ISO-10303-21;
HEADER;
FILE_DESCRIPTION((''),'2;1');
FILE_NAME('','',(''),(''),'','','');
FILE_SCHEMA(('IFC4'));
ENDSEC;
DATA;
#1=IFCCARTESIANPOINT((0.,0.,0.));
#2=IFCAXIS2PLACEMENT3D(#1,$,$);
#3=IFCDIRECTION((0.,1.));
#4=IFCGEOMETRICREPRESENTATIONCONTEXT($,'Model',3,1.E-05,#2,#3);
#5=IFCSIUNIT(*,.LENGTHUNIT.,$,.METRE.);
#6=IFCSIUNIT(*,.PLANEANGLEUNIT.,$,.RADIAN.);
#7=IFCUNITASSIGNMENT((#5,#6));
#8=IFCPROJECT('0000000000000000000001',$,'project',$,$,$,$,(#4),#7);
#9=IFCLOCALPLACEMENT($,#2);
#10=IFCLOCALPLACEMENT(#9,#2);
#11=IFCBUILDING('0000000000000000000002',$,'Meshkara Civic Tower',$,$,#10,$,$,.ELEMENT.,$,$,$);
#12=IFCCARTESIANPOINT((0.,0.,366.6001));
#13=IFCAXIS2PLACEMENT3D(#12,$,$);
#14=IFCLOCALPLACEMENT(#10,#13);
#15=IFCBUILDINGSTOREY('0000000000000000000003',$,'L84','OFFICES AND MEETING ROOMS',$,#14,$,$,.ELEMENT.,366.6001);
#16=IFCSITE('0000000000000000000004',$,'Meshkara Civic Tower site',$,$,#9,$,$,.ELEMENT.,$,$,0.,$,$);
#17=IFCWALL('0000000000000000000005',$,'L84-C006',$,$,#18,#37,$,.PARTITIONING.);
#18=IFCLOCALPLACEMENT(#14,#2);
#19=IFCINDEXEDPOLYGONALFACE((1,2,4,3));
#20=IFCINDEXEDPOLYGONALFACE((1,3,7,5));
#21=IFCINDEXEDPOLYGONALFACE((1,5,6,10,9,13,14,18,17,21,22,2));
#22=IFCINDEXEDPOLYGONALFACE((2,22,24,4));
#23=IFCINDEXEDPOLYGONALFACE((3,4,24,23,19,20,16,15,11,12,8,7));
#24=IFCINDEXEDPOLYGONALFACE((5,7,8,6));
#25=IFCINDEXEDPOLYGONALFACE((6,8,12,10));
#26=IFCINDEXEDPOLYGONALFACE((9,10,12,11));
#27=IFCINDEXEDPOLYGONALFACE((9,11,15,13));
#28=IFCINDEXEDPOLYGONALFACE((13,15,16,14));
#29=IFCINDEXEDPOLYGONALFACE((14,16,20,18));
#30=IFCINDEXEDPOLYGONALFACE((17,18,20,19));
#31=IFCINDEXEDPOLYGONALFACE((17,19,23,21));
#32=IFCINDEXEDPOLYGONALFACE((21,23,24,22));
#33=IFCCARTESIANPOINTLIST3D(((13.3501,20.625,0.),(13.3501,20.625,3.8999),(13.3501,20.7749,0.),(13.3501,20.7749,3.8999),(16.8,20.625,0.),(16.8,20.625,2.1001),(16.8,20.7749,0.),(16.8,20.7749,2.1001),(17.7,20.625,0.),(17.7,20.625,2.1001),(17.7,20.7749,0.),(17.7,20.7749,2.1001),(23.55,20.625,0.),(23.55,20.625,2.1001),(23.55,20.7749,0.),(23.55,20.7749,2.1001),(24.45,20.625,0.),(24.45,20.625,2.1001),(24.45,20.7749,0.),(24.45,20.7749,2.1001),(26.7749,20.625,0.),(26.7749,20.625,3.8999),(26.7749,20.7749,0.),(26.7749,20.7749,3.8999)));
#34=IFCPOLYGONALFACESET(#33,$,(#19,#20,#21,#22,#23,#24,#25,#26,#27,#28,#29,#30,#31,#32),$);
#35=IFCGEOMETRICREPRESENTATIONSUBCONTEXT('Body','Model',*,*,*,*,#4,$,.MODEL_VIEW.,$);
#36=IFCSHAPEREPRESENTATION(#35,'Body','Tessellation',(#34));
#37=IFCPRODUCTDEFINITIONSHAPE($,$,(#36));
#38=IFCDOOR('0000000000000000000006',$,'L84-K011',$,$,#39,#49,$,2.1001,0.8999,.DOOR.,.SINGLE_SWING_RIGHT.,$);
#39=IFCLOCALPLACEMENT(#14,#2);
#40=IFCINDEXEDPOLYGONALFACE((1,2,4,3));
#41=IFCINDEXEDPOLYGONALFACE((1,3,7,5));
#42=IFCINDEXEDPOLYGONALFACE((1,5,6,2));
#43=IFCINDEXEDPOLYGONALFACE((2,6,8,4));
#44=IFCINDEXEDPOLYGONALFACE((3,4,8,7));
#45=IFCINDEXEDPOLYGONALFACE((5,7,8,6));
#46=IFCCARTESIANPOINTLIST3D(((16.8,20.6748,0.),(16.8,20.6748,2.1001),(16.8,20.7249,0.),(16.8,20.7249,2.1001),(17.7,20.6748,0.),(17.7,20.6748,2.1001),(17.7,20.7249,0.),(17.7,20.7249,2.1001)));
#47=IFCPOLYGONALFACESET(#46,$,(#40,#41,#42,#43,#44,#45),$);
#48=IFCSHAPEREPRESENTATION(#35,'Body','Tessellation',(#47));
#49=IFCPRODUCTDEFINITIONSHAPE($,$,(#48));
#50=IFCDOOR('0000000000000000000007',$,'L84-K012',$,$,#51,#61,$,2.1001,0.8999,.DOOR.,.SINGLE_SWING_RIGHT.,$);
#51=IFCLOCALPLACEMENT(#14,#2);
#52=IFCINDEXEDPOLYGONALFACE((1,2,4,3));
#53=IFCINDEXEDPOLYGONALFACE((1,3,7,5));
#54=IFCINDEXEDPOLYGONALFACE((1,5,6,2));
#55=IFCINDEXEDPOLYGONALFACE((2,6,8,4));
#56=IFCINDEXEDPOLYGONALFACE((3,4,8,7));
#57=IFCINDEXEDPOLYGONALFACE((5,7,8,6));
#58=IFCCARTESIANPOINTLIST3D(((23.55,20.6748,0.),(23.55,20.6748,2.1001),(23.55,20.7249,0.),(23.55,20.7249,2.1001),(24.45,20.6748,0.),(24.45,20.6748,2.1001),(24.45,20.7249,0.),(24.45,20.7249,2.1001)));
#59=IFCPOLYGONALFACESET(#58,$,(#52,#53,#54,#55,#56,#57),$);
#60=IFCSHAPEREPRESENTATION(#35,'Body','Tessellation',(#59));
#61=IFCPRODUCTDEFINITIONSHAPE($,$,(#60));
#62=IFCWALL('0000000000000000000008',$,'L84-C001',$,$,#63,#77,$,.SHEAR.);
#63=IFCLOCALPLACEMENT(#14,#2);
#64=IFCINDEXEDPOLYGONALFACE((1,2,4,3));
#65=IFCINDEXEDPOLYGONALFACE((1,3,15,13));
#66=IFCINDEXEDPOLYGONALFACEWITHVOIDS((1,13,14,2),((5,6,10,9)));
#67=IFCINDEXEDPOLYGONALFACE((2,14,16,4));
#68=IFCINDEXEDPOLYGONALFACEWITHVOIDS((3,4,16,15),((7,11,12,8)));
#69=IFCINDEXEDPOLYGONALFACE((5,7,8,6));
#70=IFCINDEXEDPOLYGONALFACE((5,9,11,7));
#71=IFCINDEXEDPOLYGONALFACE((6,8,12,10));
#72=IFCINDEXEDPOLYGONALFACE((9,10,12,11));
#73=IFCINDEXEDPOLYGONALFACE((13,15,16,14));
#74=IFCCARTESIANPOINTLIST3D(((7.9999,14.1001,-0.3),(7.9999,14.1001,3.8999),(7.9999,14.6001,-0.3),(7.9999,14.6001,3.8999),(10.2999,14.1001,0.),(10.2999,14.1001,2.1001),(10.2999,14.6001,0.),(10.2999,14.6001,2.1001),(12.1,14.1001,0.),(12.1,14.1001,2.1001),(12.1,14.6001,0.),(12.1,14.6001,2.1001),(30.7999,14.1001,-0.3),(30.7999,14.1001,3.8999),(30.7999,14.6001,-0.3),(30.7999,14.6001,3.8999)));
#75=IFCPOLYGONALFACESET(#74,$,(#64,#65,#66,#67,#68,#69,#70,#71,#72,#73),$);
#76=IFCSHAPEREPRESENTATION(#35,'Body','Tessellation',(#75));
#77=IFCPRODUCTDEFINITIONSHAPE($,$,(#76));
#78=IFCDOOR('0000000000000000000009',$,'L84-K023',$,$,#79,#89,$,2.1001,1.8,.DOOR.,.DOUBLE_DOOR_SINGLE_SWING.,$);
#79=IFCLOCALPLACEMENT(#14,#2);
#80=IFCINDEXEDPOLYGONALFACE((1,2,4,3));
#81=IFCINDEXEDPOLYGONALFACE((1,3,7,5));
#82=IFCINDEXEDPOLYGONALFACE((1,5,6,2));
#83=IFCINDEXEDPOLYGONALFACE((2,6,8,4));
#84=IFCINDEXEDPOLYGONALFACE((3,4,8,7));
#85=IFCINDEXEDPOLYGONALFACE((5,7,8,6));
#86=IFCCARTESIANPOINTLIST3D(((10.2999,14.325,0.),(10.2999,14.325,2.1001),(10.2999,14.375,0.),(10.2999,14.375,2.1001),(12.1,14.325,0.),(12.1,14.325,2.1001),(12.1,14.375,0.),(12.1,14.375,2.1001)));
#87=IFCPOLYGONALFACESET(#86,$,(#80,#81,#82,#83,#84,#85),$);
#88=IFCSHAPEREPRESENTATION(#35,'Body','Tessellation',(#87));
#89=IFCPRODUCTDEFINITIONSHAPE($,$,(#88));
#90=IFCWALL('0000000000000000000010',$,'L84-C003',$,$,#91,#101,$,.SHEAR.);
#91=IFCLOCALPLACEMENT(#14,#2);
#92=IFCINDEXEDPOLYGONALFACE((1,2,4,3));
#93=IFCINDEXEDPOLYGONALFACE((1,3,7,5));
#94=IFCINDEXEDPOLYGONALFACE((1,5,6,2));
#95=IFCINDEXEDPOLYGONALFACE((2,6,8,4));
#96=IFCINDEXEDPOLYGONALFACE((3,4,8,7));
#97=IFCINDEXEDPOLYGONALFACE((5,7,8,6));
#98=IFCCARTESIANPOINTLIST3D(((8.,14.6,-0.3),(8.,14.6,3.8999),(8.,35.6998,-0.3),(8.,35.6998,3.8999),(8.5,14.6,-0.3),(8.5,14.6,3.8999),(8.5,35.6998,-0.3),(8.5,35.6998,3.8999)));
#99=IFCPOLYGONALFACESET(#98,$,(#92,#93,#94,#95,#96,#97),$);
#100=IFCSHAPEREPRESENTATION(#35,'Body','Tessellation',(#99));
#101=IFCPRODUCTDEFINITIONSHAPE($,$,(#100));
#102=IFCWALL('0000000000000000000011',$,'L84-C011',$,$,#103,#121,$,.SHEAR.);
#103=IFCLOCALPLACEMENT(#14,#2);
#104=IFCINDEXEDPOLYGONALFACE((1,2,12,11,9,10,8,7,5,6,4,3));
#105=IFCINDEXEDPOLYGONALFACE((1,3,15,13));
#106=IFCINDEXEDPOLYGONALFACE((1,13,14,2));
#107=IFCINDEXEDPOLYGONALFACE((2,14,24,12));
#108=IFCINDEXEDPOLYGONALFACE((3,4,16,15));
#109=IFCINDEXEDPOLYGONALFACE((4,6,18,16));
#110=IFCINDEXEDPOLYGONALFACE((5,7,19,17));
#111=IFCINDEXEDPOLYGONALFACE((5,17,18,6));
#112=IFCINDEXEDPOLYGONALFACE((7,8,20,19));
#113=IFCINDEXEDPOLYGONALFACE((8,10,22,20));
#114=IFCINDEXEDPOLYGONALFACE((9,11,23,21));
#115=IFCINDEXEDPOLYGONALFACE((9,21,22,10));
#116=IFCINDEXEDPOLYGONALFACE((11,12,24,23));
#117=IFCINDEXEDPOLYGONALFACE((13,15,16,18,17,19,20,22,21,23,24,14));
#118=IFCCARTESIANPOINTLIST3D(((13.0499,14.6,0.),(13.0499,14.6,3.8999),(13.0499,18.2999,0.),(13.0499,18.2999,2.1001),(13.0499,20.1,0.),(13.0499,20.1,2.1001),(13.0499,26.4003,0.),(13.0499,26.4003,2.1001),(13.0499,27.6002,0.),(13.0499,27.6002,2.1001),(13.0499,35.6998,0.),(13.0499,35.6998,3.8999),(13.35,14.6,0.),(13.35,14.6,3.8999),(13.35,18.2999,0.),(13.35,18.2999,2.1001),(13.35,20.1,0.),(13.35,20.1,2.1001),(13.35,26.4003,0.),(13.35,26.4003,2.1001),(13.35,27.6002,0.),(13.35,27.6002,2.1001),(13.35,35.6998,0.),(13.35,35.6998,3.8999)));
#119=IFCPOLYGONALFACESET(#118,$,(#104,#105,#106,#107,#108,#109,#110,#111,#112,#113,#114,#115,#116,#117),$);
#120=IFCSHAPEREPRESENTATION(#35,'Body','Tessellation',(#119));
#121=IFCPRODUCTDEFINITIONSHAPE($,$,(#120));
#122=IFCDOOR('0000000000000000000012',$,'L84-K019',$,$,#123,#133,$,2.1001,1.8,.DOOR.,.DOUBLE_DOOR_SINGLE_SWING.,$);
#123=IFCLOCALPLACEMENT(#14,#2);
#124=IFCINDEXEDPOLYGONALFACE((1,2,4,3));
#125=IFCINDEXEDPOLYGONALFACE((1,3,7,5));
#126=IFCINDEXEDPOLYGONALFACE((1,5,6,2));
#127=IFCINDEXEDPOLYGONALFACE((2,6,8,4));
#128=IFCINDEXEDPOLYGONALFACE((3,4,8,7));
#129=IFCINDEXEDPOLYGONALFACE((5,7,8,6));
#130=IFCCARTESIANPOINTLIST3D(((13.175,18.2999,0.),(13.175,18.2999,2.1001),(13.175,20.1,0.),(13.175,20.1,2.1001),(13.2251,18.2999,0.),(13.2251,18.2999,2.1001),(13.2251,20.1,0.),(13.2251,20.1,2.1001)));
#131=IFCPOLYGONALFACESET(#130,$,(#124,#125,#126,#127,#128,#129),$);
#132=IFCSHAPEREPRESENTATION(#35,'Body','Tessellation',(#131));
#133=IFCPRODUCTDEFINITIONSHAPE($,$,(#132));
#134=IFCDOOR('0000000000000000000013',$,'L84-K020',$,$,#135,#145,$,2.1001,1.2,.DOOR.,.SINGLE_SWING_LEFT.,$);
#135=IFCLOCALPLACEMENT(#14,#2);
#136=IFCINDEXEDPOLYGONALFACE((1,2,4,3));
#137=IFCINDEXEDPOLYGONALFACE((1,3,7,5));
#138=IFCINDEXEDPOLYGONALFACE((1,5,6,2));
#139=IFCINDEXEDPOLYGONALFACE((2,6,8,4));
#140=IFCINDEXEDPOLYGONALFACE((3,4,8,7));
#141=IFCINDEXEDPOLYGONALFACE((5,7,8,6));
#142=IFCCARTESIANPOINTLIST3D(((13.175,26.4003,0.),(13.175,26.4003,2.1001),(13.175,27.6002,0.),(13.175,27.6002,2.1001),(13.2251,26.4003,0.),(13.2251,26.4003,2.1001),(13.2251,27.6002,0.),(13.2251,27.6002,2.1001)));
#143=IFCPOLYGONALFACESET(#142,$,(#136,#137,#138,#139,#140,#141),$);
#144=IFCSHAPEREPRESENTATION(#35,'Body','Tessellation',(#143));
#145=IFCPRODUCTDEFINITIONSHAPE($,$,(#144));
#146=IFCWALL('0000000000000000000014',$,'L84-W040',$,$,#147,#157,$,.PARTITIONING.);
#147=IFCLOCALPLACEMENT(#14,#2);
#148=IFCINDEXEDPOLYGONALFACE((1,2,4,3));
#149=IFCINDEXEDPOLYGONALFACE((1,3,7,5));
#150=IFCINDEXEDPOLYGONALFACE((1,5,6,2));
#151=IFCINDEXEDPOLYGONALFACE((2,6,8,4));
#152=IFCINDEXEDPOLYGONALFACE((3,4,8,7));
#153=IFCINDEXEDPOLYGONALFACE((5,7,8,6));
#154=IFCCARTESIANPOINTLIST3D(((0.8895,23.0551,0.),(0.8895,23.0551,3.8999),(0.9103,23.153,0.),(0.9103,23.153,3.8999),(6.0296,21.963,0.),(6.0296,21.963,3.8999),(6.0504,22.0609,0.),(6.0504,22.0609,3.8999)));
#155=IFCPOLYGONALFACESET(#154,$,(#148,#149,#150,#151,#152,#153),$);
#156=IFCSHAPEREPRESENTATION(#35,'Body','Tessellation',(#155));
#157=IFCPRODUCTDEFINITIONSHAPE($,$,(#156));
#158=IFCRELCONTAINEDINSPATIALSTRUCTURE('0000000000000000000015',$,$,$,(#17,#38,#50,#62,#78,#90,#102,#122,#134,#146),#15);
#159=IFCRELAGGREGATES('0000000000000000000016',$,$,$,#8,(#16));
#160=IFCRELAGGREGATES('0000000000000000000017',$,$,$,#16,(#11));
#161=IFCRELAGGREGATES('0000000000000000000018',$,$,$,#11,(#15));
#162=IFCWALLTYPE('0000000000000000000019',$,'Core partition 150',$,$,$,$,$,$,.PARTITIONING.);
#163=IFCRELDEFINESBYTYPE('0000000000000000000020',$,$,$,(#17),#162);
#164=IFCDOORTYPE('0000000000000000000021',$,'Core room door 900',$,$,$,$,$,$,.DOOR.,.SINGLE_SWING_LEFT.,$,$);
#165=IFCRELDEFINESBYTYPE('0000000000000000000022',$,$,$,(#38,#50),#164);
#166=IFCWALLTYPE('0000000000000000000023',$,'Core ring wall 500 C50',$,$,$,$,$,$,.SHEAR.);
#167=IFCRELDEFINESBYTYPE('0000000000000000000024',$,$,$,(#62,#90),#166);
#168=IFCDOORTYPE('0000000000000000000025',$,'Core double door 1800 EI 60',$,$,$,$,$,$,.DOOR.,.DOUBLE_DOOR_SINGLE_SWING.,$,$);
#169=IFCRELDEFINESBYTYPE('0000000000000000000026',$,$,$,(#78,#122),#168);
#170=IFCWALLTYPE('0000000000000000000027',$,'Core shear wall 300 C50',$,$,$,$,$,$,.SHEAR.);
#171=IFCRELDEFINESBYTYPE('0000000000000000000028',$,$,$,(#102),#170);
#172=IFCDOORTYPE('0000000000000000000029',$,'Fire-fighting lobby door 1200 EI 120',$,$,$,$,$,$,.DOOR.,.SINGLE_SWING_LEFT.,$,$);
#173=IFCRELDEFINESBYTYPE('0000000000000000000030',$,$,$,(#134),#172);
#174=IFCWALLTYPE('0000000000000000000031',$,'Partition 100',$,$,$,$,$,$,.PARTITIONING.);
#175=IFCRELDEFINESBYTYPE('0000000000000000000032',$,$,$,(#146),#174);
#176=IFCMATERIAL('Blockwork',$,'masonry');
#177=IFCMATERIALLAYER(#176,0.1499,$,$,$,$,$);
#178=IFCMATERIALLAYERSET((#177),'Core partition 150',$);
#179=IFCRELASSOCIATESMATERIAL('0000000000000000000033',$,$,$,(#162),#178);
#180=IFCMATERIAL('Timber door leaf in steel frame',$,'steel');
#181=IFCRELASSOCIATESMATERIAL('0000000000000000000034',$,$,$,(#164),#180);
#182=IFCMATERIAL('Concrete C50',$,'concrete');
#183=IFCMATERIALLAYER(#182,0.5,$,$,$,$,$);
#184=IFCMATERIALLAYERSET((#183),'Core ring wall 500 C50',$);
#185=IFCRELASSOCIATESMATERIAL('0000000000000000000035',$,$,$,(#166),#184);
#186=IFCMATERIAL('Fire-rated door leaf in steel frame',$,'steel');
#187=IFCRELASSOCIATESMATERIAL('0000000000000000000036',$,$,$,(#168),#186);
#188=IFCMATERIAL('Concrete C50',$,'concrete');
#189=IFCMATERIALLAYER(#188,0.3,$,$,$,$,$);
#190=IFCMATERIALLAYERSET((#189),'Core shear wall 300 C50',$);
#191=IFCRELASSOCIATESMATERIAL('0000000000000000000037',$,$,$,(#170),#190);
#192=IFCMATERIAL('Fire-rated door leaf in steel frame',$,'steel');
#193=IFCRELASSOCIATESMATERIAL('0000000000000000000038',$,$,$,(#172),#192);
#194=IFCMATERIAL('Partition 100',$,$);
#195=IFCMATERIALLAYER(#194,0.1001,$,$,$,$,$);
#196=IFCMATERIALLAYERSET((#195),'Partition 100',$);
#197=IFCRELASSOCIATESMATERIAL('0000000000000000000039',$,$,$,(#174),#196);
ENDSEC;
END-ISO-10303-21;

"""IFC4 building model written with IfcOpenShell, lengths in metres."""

from ifc_helpers import new_model, si_unit, direction, frame, frame_2d, origin, place, context, subcontext, project, spatial, rectangle, extrude, material, layer, layer_set, type_object, element, fill, save


model = new_model("IFC4")

# Units and contexts
model_context = context("Model", 3, precision=1e-05, world=origin(), true_north=direction((0.0, 1.0)))
body_context = subcontext(model_context, "Body", "Model", "MODEL_VIEW")
ifc_project = project(units=[si_unit("LENGTHUNIT", "METRE"), si_unit("PLANEANGLEUNIT", "RADIAN")], contexts=[model_context])

# Site, building, storey
site_placement = place(None, origin())
site = spatial("IfcSite", under=ifc_project, at=site_placement, Name="Meshkara Civic Tower site", CompositionType="ELEMENT", RefElevation=0.0)
building_placement = place(site_placement, origin())
building = spatial("IfcBuilding", under=site, at=building_placement, Name="Meshkara Civic Tower", CompositionType="ELEMENT")
storey_placement = place(building_placement, frame((0.0, 0.0, 366.6001)))
storey = spatial("IfcBuildingStorey", under=building, at=storey_placement, Name="L84", Description="OFFICES AND MEETING ROOMS", CompositionType="ELEMENT", Elevation=366.6001)

# Wall, openings, doors
ifc_material_1 = material(Name="Blockwork", Category="masonry")
ifc_layer_1 = layer(ifc_material_1, 0.1499)
ifc_layer_set_1 = layer_set([ifc_layer_1], Name="Core partition 150")
wall_type_1 = type_object("IfcWallType", Name="Core partition 150", PredefinedType="PARTITIONING", material=ifc_layer_set_1)
wall_1_placement = place(storey_placement, frame((13.3501, 20.7, 0.0), z_axis=(0.0, 0.0, 1.0), x_axis=(1.0, 0.0, 0.0)))
wall_1 = element("IfcWall", 1, at=wall_1_placement, inside=storey, type_object=wall_type_1, Name="L84-C006", PredefinedType="PARTITIONING", context=body_context, shape_type="SweptSolid", body=[
    extrude(rectangle(XDim=13.4248, YDim=0.1499, at=frame_2d((6.7124, 0.0))), origin(), (0.0, 0.0, 1.0), 3.8999),
])
opening_1_placement = place(wall_1_placement, frame((3.45, 0.0, 0.0)))
opening_1 = element("IfcOpeningElement", 2, at=opening_1_placement, cuts=wall_1, PredefinedType="OPENING", context=body_context, shape_type="SweptSolid", body=[
    extrude(rectangle(XDim=0.8999, YDim=2.1001, at=frame_2d((0.45, 1.05))), frame((0.0, 0.085, 0.0), z_axis=(0.0, -1.0, 0.0), x_axis=(1.0, 0.0, 0.0)), (0.0, 0.0, 1.0), 0.1699),
])
opening_2_placement = place(wall_1_placement, frame((10.2, 0.0, 0.0)))
opening_2 = element("IfcOpeningElement", 3, at=opening_2_placement, cuts=wall_1, PredefinedType="OPENING", context=body_context, shape_type="SweptSolid", body=[
    extrude(rectangle(XDim=0.8999, YDim=2.1001, at=frame_2d((0.45, 1.05))), frame((0.0, 0.085, 0.0), z_axis=(0.0, -1.0, 0.0), x_axis=(1.0, 0.0, 0.0)), (0.0, 0.0, 1.0), 0.1699),
])
ifc_material_2 = material(Name="Timber door leaf in steel frame", Category="steel")
door_type_1 = type_object("IfcDoorType", Name="Core room door 900", OperationType="SINGLE_SWING_LEFT", PredefinedType="DOOR", material=ifc_material_2)
door_1_placement = place(opening_1_placement, origin())
door_1 = element("IfcDoor", 4, at=door_1_placement, inside=storey, type_object=door_type_1, Name="L84-K011", OperationType="SINGLE_SWING_RIGHT", OverallHeight=2.1001, OverallWidth=0.8999, PredefinedType="DOOR", context=body_context, shape_type="SweptSolid", body=[
    extrude(rectangle(XDim=0.8999, YDim=2.1001, at=frame_2d((0.45, 1.05))), frame((0.0, 0.0249, 0.0), z_axis=(0.0, -1.0, 0.0), x_axis=(1.0, 0.0, 0.0)), (0.0, 0.0, 1.0), 0.05),
])
fill(opening_1, door_1)
door_2_placement = place(opening_2_placement, origin())
door_2 = element("IfcDoor", 5, at=door_2_placement, inside=storey, type_object=door_type_1, Name="L84-K012", OperationType="SINGLE_SWING_RIGHT", OverallHeight=2.1001, OverallWidth=0.8999, PredefinedType="DOOR", context=body_context, shape_type="SweptSolid", body=[
    extrude(rectangle(XDim=0.8999, YDim=2.1001, at=frame_2d((0.45, 1.05))), frame((0.0, 0.0249, 0.0), z_axis=(0.0, -1.0, 0.0), x_axis=(1.0, 0.0, 0.0)), (0.0, 0.0, 1.0), 0.05),
])
fill(opening_2, door_2)

# Wall, opening, door
ifc_material_3 = material(Name="Concrete C50", Category="concrete")
ifc_layer_2 = layer(ifc_material_3, 0.5)
ifc_layer_set_2 = layer_set([ifc_layer_2], Name="Core ring wall 500 C50")
wall_type_2 = type_object("IfcWallType", Name="Core ring wall 500 C50", PredefinedType="SHEAR", material=ifc_layer_set_2)
wall_2_placement = place(storey_placement, frame((8.0, 14.3501, -0.3), z_axis=(0.0, 0.0, 1.0), x_axis=(1.0, 0.0, 0.0)))
wall_2 = element("IfcWall", 6, at=wall_2_placement, inside=storey, type_object=wall_type_2, Name="L84-C001", PredefinedType="SHEAR", context=body_context, shape_type="SweptSolid", body=[
    extrude(rectangle(XDim=22.8, YDim=0.5, at=frame_2d((11.3999, 0.0))), origin(), (0.0, 0.0, 1.0), 4.2),
])
opening_3_placement = place(wall_2_placement, frame((2.3, 0.0, 0.3)))
opening_3 = element("IfcOpeningElement", 7, at=opening_3_placement, cuts=wall_2, PredefinedType="OPENING", context=body_context, shape_type="SweptSolid", body=[
    extrude(rectangle(XDim=1.8, YDim=2.1001, at=frame_2d((0.8999, 1.05))), frame((0.0, 0.26, 0.0), z_axis=(0.0, -1.0, 0.0), x_axis=(1.0, 0.0, 0.0)), (0.0, 0.0, 1.0), 0.52),
])
ifc_material_4 = material(Name="Fire-rated door leaf in steel frame", Category="steel")
door_type_2 = type_object("IfcDoorType", Name="Core double door 1800 EI 60", OperationType="DOUBLE_DOOR_SINGLE_SWING", PredefinedType="DOOR", material=ifc_material_4)
door_3_placement = place(opening_3_placement, origin())
door_3 = element("IfcDoor", 8, at=door_3_placement, inside=storey, type_object=door_type_2, Name="L84-K023", OperationType="DOUBLE_DOOR_SINGLE_SWING", OverallHeight=2.1001, OverallWidth=1.8, PredefinedType="DOOR", context=body_context, shape_type="SweptSolid", body=[
    extrude(rectangle(XDim=1.8, YDim=2.1001, at=frame_2d((0.8999, 1.05))), frame((0.0, 0.0249, 0.0), z_axis=(0.0, -1.0, 0.0), x_axis=(1.0, 0.0, 0.0)), (0.0, 0.0, 1.0), 0.05),
])
fill(opening_3, door_3)

# Wall
wall_3_placement = place(storey_placement, frame((8.25, 14.6001, -0.3), z_axis=(0.0, 0.0, 1.0), x_axis=(0.0, 1.0, 0.0)))
element("IfcWall", 9, at=wall_3_placement, inside=storey, type_object=wall_type_2, Name="L84-C003", PredefinedType="SHEAR", context=body_context, shape_type="SweptSolid", body=[
    extrude(rectangle(XDim=21.0999, YDim=0.5, at=frame_2d((10.5498, 0.0))), origin(), (0.0, 0.0, 1.0), 4.2),
])

# Wall, openings, doors
ifc_material_5 = material(Name="Concrete C50", Category="concrete")
ifc_layer_3 = layer(ifc_material_5, 0.3)
ifc_layer_set_3 = layer_set([ifc_layer_3], Name="Core shear wall 300 C50")
wall_type_3 = type_object("IfcWallType", Name="Core shear wall 300 C50", PredefinedType="SHEAR", material=ifc_layer_set_3)
wall_4_placement = place(storey_placement, frame((13.2, 14.6001, 0.0), z_axis=(0.0, 0.0, 1.0), x_axis=(0.0, 1.0, 0.0)))
wall_4 = element("IfcWall", 10, at=wall_4_placement, inside=storey, type_object=wall_type_3, Name="L84-C011", PredefinedType="SHEAR", context=body_context, shape_type="SweptSolid", body=[
    extrude(rectangle(XDim=21.0999, YDim=0.3, at=frame_2d((10.5498, 0.0))), origin(), (0.0, 0.0, 1.0), 3.8999),
])
opening_4_placement = place(wall_4_placement, frame((3.7, 0.0, 0.0)))
opening_4 = element("IfcOpeningElement", 11, at=opening_4_placement, cuts=wall_4, PredefinedType="OPENING", context=body_context, shape_type="SweptSolid", body=[
    extrude(rectangle(XDim=1.8, YDim=2.1001, at=frame_2d((0.8999, 1.05))), frame((0.0, 0.1599, 0.0), z_axis=(0.0, -1.0, 0.0), x_axis=(1.0, 0.0, 0.0)), (0.0, 0.0, 1.0), 0.3201),
])
opening_5_placement = place(wall_4_placement, frame((11.8, 0.0, 0.0)))
opening_5 = element("IfcOpeningElement", 12, at=opening_5_placement, cuts=wall_4, PredefinedType="OPENING", context=body_context, shape_type="SweptSolid", body=[
    extrude(rectangle(XDim=1.2, YDim=2.1001, at=frame_2d((0.6001, 1.05))), frame((0.0, 0.1599, 0.0), z_axis=(0.0, -1.0, 0.0), x_axis=(1.0, 0.0, 0.0)), (0.0, 0.0, 1.0), 0.3201),
])
door_4_placement = place(opening_4_placement, origin())
door_4 = element("IfcDoor", 13, at=door_4_placement, inside=storey, type_object=door_type_2, Name="L84-K019", OperationType="DOUBLE_DOOR_SINGLE_SWING", OverallHeight=2.1001, OverallWidth=1.8, PredefinedType="DOOR", context=body_context, shape_type="SweptSolid", body=[
    extrude(rectangle(XDim=1.8, YDim=2.1001, at=frame_2d((0.8999, 1.05))), frame((0.0, 0.0249, 0.0), z_axis=(0.0, -1.0, 0.0), x_axis=(1.0, 0.0, 0.0)), (0.0, 0.0, 1.0), 0.05),
])
fill(opening_4, door_4)
ifc_material_6 = material(Name="Fire-rated door leaf in steel frame", Category="steel")
door_type_3 = type_object("IfcDoorType", Name="Fire-fighting lobby door 1200 EI 120", OperationType="SINGLE_SWING_LEFT", PredefinedType="DOOR", material=ifc_material_6)
door_5_placement = place(opening_5_placement, origin())
door_5 = element("IfcDoor", 14, at=door_5_placement, inside=storey, type_object=door_type_3, Name="L84-K020", OperationType="SINGLE_SWING_LEFT", OverallHeight=2.1001, OverallWidth=1.2, PredefinedType="DOOR", context=body_context, shape_type="SweptSolid", body=[
    extrude(rectangle(XDim=1.2, YDim=2.1001, at=frame_2d((0.6001, 1.05))), frame((0.0, 0.0249, 0.0), z_axis=(0.0, -1.0, 0.0), x_axis=(1.0, 0.0, 0.0)), (0.0, 0.0, 1.0), 0.05),
])
fill(opening_5, door_5)

# Wall
ifc_material_7 = material(Name="Partition 100")
ifc_layer_4 = layer(ifc_material_7, 0.1001)
ifc_layer_set_4 = layer_set([ifc_layer_4], Name="Partition 100")
wall_type_4 = type_object("IfcWallType", Name="Partition 100", PredefinedType="PARTITIONING", material=ifc_layer_set_4)
wall_5_placement = place(storey_placement, frame((6.04, 22.012, 0.0), z_axis=(0.0, 0.0, 1.0), x_axis=(-0.978168, 0.207815, 0.0)))
element("IfcWall", 15, at=wall_5_placement, inside=storey, type_object=wall_type_4, Name="L84-W040", PredefinedType="PARTITIONING", context=body_context, shape_type="SweptSolid", body=[
    extrude(rectangle(XDim=5.2549, YDim=0.1001, at=frame_2d((2.6274, 0.0))), origin(), (0.0, 0.0, 1.0), 3.8999),
])

save(model, "model.ifc")
